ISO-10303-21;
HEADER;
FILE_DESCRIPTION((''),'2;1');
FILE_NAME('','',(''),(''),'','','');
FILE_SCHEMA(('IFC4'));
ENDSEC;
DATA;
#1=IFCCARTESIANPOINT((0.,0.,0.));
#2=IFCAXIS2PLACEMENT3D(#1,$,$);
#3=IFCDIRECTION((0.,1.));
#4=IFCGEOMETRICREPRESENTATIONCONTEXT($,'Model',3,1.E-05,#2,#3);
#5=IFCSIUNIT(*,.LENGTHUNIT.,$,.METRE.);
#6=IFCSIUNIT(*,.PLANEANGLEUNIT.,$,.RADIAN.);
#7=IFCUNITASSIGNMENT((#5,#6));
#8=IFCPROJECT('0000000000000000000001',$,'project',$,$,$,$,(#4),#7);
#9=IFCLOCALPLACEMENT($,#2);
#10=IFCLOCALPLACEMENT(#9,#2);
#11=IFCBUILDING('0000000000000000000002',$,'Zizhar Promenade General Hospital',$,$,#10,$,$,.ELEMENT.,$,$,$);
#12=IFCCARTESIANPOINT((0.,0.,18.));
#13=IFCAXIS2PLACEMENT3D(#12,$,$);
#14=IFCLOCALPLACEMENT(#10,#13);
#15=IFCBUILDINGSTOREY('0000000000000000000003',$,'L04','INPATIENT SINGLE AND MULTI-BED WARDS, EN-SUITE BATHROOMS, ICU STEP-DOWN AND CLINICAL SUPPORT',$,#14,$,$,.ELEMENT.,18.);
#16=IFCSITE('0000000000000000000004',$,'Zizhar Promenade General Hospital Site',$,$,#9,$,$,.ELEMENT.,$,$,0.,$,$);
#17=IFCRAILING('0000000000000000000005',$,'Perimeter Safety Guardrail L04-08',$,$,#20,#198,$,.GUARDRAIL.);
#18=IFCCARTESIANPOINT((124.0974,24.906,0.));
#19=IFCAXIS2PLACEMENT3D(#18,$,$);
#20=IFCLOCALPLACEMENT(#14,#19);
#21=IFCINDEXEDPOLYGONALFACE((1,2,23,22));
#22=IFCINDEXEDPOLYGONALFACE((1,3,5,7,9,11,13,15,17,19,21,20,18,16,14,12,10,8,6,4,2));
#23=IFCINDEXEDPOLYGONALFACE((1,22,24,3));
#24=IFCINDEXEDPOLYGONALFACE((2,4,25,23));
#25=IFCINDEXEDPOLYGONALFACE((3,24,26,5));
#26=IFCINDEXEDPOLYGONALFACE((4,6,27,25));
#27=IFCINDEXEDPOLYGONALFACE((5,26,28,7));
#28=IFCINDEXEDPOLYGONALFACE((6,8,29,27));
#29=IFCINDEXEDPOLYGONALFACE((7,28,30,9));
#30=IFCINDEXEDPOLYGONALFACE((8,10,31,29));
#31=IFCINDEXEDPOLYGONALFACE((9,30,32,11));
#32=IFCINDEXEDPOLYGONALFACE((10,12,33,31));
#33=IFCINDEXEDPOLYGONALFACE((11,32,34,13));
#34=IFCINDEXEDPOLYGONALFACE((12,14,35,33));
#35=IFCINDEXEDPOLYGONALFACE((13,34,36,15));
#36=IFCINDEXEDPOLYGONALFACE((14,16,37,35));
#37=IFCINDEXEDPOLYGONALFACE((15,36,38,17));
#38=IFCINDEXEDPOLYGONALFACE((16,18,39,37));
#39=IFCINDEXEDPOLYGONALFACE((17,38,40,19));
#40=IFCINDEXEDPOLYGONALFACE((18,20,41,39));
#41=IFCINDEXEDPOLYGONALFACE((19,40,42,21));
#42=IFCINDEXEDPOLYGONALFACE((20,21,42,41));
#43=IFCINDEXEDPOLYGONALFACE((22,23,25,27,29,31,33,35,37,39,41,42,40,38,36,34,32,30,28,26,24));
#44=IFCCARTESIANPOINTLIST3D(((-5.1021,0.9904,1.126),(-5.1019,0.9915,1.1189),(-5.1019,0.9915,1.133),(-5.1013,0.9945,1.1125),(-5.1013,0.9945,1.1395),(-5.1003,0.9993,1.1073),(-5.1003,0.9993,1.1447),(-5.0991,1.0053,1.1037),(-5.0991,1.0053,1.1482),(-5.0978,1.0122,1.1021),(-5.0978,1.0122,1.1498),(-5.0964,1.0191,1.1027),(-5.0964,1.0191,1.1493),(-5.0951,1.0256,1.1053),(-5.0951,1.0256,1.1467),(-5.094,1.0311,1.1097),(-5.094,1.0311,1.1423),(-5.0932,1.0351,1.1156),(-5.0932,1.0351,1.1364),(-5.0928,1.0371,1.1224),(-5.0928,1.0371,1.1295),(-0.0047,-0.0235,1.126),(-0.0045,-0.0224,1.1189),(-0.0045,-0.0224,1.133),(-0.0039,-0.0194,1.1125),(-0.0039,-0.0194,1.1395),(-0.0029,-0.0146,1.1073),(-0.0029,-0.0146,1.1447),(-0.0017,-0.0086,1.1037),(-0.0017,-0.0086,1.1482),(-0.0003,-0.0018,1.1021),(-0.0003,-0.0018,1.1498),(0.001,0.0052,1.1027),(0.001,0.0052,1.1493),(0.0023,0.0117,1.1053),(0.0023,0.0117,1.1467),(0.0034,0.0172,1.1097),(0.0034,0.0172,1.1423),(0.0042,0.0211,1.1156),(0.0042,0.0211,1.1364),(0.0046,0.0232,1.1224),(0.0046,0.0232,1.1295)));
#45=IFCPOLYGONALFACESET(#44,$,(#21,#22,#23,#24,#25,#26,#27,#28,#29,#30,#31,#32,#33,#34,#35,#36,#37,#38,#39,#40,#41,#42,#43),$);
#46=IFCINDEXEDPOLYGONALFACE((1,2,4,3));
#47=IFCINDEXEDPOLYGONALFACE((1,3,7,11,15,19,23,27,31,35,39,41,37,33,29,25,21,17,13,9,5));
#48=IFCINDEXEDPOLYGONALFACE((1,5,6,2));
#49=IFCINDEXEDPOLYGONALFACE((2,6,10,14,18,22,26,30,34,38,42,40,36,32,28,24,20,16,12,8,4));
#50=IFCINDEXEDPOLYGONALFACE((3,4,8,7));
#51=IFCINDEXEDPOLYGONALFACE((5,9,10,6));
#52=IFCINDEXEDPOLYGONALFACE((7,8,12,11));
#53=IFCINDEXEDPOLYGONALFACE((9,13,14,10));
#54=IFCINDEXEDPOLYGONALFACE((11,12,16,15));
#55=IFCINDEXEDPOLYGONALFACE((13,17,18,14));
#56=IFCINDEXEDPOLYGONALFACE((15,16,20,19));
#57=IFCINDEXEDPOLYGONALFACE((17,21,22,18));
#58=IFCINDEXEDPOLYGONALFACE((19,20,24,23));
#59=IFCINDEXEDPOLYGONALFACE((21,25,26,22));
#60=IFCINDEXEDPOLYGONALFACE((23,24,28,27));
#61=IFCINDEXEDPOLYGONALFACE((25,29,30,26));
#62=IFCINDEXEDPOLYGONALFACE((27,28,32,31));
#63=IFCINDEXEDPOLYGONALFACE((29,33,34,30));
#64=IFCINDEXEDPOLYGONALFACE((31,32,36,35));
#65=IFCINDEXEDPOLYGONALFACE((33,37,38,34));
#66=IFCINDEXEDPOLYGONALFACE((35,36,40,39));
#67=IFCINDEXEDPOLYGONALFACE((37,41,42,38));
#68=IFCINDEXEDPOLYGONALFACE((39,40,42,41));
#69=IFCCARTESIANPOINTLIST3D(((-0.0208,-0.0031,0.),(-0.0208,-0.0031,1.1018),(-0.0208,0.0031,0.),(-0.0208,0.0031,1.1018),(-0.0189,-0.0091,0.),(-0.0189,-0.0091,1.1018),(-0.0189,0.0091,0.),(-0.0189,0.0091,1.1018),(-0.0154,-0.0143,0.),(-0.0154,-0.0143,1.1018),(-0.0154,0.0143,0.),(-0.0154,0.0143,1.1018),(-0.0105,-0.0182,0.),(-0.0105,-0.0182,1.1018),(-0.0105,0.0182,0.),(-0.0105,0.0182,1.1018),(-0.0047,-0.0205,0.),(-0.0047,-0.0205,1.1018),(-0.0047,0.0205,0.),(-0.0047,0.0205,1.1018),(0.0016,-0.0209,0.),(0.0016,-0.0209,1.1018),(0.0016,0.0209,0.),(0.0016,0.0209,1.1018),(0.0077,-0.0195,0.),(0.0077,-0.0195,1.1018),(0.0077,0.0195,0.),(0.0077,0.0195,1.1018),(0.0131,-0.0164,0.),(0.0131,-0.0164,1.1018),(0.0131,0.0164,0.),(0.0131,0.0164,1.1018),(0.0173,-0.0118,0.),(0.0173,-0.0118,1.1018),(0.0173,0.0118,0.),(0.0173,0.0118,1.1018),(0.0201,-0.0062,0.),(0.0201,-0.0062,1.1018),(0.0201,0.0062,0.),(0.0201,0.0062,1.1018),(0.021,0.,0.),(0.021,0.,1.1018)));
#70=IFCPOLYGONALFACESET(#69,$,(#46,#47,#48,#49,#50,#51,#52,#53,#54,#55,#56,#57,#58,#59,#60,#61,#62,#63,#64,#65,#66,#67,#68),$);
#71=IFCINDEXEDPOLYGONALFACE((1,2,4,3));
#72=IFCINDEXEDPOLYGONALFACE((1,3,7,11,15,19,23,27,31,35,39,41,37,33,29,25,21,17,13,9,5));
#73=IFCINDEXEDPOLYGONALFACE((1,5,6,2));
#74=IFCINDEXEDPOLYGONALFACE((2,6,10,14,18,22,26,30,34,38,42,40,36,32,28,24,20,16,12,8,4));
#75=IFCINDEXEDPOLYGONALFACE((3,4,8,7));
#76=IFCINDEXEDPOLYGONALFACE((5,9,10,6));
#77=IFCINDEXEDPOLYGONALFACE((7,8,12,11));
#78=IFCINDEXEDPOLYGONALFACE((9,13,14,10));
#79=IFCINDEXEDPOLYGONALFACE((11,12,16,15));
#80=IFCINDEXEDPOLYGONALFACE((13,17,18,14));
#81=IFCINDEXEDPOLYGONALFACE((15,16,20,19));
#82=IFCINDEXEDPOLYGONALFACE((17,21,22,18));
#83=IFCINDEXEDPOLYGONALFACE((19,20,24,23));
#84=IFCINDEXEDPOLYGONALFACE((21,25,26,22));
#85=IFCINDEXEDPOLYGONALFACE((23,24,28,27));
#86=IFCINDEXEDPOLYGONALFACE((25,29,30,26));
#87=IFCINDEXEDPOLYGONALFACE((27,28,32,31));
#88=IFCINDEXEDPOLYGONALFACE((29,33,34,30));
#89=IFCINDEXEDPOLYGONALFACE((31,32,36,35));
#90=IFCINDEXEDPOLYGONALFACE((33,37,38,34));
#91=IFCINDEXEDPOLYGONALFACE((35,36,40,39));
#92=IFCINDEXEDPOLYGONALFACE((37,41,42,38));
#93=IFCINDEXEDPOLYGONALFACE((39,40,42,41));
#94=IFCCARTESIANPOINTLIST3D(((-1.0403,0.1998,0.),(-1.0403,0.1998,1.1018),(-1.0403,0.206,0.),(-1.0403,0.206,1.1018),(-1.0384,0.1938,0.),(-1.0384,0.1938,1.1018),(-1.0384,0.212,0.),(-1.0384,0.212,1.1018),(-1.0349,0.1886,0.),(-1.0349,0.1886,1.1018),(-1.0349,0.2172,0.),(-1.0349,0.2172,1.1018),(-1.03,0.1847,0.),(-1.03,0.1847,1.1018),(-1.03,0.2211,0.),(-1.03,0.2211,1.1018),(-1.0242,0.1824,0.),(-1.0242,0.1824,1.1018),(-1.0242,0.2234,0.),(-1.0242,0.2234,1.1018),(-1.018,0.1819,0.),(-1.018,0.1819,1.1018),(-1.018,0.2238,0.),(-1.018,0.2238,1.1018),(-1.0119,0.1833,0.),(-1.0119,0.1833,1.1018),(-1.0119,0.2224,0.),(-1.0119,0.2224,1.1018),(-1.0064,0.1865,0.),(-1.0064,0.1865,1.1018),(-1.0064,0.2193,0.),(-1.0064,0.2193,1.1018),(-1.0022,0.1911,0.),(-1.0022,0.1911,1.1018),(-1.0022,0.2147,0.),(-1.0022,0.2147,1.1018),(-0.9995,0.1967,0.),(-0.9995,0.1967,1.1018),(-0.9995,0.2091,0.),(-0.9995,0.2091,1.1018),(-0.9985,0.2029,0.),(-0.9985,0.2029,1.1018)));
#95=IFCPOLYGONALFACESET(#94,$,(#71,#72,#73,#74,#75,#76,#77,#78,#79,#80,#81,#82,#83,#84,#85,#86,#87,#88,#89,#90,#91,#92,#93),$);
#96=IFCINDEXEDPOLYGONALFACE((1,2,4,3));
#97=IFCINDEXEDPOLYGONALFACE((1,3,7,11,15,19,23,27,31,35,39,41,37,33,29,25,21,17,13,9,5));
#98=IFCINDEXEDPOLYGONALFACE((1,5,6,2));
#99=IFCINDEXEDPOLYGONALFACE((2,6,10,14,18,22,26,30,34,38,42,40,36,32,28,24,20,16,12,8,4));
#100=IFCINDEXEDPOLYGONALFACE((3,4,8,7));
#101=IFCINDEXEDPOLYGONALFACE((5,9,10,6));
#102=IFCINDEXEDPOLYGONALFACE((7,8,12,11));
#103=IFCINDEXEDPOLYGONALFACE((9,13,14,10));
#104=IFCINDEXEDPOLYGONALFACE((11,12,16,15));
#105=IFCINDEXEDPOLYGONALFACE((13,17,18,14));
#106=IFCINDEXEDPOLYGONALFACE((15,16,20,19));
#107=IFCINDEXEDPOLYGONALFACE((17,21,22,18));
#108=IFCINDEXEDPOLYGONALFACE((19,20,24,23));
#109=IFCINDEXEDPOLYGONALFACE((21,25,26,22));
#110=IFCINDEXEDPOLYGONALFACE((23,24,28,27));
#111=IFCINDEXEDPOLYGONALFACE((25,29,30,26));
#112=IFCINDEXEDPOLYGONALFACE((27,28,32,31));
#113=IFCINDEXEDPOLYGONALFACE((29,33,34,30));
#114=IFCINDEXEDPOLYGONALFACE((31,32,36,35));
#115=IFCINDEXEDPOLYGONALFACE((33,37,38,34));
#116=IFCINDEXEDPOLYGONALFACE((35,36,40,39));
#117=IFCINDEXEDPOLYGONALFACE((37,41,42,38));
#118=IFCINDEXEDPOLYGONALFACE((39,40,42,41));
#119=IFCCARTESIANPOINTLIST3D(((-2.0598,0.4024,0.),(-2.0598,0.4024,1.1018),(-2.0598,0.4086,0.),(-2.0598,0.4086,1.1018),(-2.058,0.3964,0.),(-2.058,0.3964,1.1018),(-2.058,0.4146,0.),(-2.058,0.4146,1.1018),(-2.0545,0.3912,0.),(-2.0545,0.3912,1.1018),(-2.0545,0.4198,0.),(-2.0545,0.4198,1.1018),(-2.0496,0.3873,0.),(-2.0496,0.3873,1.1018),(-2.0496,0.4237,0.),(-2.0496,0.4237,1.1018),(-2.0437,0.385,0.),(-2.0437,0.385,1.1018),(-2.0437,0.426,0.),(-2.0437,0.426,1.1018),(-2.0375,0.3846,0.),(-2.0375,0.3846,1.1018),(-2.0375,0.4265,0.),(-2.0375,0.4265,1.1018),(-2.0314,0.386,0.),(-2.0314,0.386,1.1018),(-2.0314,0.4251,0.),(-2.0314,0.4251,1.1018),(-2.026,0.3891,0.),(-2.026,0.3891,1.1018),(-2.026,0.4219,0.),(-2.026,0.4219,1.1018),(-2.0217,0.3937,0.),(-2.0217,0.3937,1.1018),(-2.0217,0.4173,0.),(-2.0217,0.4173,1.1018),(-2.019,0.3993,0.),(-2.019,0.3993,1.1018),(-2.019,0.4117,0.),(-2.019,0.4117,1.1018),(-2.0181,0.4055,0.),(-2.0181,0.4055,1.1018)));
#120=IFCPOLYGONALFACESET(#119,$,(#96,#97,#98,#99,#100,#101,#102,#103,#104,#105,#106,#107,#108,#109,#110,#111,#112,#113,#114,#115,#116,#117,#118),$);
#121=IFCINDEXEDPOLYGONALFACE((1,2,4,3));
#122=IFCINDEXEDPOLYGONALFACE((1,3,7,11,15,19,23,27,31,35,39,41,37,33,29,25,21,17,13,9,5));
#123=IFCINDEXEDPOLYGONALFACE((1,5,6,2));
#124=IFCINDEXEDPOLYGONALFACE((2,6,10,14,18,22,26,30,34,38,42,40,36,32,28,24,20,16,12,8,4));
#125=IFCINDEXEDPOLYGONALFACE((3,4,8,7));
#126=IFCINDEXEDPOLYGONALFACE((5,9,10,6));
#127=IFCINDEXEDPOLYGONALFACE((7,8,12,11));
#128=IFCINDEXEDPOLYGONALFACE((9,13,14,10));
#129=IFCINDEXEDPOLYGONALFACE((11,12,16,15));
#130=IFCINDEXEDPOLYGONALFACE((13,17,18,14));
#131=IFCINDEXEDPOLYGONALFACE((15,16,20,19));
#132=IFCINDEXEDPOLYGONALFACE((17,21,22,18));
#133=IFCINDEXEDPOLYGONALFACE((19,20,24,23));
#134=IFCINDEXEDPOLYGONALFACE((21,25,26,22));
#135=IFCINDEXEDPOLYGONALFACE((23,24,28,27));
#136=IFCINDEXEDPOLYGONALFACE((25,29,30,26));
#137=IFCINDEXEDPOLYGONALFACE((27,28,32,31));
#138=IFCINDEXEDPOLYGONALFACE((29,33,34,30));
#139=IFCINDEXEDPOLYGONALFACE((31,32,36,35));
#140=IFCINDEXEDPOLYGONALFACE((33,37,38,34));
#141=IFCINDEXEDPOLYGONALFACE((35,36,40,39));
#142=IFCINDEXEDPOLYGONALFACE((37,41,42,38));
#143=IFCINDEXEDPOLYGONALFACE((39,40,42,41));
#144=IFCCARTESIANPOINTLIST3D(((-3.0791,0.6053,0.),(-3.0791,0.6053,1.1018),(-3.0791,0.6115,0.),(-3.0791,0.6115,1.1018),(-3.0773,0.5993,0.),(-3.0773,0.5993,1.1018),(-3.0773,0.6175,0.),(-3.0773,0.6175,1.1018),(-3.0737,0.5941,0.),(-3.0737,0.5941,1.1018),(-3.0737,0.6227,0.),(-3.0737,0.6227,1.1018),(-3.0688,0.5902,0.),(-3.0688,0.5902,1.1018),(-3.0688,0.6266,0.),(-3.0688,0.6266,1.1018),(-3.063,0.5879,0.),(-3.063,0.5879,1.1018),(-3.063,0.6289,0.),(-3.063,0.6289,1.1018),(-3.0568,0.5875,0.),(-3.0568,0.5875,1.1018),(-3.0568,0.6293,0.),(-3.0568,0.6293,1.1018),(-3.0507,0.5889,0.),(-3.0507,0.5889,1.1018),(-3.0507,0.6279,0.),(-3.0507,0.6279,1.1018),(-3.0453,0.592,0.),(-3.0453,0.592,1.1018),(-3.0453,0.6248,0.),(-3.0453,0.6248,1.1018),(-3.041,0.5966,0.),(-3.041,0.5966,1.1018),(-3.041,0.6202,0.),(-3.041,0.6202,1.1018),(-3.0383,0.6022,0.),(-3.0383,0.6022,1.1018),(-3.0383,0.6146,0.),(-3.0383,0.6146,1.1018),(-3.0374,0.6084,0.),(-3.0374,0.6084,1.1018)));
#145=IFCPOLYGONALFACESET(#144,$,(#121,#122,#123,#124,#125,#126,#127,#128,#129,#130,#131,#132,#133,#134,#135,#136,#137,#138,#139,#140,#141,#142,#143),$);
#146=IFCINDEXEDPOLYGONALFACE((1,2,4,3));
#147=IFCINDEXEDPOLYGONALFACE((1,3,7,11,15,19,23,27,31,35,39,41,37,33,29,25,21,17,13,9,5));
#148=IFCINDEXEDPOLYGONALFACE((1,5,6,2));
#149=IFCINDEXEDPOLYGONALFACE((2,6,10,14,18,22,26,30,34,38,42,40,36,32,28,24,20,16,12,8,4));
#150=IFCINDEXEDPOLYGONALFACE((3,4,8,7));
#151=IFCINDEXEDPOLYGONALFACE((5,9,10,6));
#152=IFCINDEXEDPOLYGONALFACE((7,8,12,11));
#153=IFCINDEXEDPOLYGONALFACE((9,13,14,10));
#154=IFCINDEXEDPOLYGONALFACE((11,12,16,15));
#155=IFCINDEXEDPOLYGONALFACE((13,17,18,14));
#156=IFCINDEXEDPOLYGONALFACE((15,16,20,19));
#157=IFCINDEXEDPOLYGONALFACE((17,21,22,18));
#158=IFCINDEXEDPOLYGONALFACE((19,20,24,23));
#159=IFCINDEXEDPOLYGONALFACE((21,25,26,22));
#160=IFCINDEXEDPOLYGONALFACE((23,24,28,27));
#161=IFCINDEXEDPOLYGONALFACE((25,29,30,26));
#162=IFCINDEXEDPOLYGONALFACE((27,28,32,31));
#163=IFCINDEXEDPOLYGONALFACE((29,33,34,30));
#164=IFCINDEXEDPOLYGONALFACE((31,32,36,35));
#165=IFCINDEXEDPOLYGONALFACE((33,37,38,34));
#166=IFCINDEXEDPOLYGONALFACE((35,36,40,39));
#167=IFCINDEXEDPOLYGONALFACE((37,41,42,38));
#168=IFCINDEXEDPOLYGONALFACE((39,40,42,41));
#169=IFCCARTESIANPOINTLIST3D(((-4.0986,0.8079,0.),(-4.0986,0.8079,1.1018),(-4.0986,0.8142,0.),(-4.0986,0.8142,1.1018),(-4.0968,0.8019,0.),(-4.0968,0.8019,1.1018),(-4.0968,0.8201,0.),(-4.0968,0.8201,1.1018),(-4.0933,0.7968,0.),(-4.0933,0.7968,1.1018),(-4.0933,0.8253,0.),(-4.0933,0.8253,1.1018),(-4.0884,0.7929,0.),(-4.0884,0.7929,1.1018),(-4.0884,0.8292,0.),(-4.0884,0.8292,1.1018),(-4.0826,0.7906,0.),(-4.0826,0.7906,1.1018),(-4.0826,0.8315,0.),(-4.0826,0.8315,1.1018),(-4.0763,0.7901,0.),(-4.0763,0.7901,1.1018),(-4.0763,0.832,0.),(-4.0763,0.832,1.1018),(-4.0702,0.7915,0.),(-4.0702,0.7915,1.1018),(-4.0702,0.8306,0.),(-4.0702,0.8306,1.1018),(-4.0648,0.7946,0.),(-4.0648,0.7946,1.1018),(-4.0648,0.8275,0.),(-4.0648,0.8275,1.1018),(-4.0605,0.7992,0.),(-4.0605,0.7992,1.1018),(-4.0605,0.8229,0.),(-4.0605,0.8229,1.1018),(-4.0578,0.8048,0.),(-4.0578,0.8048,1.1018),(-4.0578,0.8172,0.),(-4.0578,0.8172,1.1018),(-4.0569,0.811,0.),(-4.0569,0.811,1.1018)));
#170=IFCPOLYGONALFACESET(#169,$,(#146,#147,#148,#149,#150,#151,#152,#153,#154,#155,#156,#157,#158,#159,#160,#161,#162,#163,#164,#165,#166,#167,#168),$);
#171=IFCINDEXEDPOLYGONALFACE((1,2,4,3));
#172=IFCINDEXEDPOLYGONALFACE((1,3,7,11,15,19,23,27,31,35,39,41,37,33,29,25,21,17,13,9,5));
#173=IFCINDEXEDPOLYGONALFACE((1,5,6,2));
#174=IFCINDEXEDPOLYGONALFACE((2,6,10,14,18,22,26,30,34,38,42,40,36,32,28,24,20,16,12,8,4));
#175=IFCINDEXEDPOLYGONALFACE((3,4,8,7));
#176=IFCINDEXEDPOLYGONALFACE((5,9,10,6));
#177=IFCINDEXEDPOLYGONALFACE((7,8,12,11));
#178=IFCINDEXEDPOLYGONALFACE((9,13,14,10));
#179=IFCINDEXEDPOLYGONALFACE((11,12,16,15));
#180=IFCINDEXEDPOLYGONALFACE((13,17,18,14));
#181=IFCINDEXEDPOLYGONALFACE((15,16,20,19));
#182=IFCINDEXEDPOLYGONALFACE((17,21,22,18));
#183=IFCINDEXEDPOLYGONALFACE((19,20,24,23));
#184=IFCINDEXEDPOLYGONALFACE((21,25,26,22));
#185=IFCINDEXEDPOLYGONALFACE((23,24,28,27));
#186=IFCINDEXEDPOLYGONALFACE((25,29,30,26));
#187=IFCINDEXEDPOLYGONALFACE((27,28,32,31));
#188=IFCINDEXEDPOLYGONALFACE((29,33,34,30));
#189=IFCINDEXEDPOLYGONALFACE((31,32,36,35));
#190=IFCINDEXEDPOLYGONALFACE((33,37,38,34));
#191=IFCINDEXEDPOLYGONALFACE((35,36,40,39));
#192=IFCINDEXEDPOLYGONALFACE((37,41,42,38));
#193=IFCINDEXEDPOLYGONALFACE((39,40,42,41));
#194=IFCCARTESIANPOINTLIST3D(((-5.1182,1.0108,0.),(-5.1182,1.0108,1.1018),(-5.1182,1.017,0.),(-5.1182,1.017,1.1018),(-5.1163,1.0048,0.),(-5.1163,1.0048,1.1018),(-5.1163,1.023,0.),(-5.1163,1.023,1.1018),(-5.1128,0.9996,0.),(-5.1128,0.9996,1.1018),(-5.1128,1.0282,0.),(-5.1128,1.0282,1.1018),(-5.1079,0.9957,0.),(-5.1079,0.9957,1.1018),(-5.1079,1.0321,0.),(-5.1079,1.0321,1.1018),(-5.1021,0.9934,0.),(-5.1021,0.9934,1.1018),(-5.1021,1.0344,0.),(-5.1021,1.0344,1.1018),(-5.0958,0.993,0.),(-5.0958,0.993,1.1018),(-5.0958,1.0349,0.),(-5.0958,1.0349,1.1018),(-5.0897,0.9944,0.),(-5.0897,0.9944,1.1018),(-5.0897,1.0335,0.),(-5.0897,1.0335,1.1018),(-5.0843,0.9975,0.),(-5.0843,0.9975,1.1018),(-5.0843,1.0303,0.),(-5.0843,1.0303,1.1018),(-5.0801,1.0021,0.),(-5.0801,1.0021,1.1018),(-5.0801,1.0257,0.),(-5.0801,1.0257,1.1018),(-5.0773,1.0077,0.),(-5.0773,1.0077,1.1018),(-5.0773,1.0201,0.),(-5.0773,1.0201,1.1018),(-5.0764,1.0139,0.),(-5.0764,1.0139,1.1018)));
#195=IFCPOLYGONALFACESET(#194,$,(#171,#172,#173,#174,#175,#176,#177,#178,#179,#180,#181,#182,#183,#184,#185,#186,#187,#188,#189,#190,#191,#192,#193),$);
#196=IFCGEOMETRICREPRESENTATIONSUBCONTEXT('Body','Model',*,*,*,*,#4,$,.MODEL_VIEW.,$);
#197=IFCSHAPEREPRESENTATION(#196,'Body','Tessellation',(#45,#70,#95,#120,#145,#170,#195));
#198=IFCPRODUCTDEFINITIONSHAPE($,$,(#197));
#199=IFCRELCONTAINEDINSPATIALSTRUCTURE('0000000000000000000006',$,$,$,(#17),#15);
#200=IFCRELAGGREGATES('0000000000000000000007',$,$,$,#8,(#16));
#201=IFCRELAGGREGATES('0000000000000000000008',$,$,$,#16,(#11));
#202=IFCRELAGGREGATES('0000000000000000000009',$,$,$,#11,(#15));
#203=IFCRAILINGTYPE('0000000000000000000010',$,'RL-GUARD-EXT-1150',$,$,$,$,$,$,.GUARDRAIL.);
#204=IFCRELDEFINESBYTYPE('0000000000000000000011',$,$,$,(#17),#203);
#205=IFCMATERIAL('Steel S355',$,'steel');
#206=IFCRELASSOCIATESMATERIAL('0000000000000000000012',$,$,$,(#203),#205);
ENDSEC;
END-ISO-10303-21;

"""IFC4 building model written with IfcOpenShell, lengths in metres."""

from ifc_helpers import new_model, si_unit, direction, frame, origin, origin_2d, place, context, subcontext, project, spatial, hollow_rectangle, circle, extrude, material, material_profile, profile_set, type_object, element, save


model = new_model("IFC4")

# Units and contexts
model_context = context("Model", 3, precision=1e-05, world=origin(), true_north=direction((0.0, 1.0)))
body_context = subcontext(model_context, "Body", "Model", "MODEL_VIEW")
ifc_project = project(units=[si_unit("LENGTHUNIT", "METRE"), si_unit("PLANEANGLEUNIT", "RADIAN")], contexts=[model_context])

# Site, building, storey
site_placement = place(None, origin())
site = spatial("IfcSite", under=ifc_project, at=site_placement, Name="Zizhar Promenade General Hospital Site", CompositionType="ELEMENT", RefElevation=0.0)
building_placement = place(site_placement, origin())
building = spatial("IfcBuilding", under=site, at=building_placement, Name="Zizhar Promenade General Hospital", CompositionType="ELEMENT")
storey_placement = place(building_placement, frame((0.0, 0.0, 18.0)))
storey = spatial("IfcBuildingStorey", under=building, at=storey_placement, Name="L04", Description="INPATIENT SINGLE AND MULTI-BED WARDS, EN-SUITE BATHROOMS, ICU STEP-DOWN AND CLINICAL SUPPORT", CompositionType="ELEMENT", Elevation=18.0)

# Railing
ifc_material_1 = material(Name="Steel S355", Category="steel")
ifc_material_profile_1 = material_profile(ifc_material_1, hollow_rectangle(XDim=0.0601, YDim=0.1201, WallThickness=0.0039, at=origin_2d()))
ifc_profile_set_1 = profile_set([ifc_material_profile_1], Name="Steel S355")
railing_type = type_object("IfcRailingType", Name="RL-GUARD-EXT-1150", PredefinedType="GUARDRAIL", material=ifc_profile_set_1)
railing_1_placement = place(storey_placement, frame((124.0974, 24.906, 0.0)))
element("IfcRailing", 1, at=railing_1_placement, inside=storey, type_object=railing_type, Name="Perimeter Safety Guardrail L04-08", PredefinedType="GUARDRAIL", context=body_context, shape_type="SweptSolid", body=[
    extrude(circle(Radius=0.0239, at=origin_2d()), frame((0.0, 0.0, 1.126), z_axis=(-0.980786, 0.195086, 0.0), x_axis=(-0.195086, -0.980786, 0.0)), (0.0, 0.0, 1.0), 5.1973),
    extrude(circle(Radius=0.021, at=origin_2d()), origin(), (0.0, 0.0, 1.0), 1.1018),
    extrude(circle(Radius=0.021, at=origin_2d()), frame((-1.0195, 0.2029, 0.0)), (0.0, 0.0, 1.0), 1.1018),
    extrude(circle(Radius=0.021, at=origin_2d()), frame((-2.0391, 0.4055, 0.0)), (0.0, 0.0, 1.0), 1.1018),
    extrude(circle(Radius=0.021, at=origin_2d()), frame((-3.0583, 0.6084, 0.0)), (0.0, 0.0, 1.0), 1.1018),
    extrude(circle(Radius=0.021, at=origin_2d()), frame((-4.0779, 0.811, 0.0)), (0.0, 0.0, 1.0), 1.1018),
    extrude(circle(Radius=0.021, at=origin_2d()), frame((-5.0974, 1.0139, 0.0)), (0.0, 0.0, 1.0), 1.1018),
])

save(model, "model.ifc")
